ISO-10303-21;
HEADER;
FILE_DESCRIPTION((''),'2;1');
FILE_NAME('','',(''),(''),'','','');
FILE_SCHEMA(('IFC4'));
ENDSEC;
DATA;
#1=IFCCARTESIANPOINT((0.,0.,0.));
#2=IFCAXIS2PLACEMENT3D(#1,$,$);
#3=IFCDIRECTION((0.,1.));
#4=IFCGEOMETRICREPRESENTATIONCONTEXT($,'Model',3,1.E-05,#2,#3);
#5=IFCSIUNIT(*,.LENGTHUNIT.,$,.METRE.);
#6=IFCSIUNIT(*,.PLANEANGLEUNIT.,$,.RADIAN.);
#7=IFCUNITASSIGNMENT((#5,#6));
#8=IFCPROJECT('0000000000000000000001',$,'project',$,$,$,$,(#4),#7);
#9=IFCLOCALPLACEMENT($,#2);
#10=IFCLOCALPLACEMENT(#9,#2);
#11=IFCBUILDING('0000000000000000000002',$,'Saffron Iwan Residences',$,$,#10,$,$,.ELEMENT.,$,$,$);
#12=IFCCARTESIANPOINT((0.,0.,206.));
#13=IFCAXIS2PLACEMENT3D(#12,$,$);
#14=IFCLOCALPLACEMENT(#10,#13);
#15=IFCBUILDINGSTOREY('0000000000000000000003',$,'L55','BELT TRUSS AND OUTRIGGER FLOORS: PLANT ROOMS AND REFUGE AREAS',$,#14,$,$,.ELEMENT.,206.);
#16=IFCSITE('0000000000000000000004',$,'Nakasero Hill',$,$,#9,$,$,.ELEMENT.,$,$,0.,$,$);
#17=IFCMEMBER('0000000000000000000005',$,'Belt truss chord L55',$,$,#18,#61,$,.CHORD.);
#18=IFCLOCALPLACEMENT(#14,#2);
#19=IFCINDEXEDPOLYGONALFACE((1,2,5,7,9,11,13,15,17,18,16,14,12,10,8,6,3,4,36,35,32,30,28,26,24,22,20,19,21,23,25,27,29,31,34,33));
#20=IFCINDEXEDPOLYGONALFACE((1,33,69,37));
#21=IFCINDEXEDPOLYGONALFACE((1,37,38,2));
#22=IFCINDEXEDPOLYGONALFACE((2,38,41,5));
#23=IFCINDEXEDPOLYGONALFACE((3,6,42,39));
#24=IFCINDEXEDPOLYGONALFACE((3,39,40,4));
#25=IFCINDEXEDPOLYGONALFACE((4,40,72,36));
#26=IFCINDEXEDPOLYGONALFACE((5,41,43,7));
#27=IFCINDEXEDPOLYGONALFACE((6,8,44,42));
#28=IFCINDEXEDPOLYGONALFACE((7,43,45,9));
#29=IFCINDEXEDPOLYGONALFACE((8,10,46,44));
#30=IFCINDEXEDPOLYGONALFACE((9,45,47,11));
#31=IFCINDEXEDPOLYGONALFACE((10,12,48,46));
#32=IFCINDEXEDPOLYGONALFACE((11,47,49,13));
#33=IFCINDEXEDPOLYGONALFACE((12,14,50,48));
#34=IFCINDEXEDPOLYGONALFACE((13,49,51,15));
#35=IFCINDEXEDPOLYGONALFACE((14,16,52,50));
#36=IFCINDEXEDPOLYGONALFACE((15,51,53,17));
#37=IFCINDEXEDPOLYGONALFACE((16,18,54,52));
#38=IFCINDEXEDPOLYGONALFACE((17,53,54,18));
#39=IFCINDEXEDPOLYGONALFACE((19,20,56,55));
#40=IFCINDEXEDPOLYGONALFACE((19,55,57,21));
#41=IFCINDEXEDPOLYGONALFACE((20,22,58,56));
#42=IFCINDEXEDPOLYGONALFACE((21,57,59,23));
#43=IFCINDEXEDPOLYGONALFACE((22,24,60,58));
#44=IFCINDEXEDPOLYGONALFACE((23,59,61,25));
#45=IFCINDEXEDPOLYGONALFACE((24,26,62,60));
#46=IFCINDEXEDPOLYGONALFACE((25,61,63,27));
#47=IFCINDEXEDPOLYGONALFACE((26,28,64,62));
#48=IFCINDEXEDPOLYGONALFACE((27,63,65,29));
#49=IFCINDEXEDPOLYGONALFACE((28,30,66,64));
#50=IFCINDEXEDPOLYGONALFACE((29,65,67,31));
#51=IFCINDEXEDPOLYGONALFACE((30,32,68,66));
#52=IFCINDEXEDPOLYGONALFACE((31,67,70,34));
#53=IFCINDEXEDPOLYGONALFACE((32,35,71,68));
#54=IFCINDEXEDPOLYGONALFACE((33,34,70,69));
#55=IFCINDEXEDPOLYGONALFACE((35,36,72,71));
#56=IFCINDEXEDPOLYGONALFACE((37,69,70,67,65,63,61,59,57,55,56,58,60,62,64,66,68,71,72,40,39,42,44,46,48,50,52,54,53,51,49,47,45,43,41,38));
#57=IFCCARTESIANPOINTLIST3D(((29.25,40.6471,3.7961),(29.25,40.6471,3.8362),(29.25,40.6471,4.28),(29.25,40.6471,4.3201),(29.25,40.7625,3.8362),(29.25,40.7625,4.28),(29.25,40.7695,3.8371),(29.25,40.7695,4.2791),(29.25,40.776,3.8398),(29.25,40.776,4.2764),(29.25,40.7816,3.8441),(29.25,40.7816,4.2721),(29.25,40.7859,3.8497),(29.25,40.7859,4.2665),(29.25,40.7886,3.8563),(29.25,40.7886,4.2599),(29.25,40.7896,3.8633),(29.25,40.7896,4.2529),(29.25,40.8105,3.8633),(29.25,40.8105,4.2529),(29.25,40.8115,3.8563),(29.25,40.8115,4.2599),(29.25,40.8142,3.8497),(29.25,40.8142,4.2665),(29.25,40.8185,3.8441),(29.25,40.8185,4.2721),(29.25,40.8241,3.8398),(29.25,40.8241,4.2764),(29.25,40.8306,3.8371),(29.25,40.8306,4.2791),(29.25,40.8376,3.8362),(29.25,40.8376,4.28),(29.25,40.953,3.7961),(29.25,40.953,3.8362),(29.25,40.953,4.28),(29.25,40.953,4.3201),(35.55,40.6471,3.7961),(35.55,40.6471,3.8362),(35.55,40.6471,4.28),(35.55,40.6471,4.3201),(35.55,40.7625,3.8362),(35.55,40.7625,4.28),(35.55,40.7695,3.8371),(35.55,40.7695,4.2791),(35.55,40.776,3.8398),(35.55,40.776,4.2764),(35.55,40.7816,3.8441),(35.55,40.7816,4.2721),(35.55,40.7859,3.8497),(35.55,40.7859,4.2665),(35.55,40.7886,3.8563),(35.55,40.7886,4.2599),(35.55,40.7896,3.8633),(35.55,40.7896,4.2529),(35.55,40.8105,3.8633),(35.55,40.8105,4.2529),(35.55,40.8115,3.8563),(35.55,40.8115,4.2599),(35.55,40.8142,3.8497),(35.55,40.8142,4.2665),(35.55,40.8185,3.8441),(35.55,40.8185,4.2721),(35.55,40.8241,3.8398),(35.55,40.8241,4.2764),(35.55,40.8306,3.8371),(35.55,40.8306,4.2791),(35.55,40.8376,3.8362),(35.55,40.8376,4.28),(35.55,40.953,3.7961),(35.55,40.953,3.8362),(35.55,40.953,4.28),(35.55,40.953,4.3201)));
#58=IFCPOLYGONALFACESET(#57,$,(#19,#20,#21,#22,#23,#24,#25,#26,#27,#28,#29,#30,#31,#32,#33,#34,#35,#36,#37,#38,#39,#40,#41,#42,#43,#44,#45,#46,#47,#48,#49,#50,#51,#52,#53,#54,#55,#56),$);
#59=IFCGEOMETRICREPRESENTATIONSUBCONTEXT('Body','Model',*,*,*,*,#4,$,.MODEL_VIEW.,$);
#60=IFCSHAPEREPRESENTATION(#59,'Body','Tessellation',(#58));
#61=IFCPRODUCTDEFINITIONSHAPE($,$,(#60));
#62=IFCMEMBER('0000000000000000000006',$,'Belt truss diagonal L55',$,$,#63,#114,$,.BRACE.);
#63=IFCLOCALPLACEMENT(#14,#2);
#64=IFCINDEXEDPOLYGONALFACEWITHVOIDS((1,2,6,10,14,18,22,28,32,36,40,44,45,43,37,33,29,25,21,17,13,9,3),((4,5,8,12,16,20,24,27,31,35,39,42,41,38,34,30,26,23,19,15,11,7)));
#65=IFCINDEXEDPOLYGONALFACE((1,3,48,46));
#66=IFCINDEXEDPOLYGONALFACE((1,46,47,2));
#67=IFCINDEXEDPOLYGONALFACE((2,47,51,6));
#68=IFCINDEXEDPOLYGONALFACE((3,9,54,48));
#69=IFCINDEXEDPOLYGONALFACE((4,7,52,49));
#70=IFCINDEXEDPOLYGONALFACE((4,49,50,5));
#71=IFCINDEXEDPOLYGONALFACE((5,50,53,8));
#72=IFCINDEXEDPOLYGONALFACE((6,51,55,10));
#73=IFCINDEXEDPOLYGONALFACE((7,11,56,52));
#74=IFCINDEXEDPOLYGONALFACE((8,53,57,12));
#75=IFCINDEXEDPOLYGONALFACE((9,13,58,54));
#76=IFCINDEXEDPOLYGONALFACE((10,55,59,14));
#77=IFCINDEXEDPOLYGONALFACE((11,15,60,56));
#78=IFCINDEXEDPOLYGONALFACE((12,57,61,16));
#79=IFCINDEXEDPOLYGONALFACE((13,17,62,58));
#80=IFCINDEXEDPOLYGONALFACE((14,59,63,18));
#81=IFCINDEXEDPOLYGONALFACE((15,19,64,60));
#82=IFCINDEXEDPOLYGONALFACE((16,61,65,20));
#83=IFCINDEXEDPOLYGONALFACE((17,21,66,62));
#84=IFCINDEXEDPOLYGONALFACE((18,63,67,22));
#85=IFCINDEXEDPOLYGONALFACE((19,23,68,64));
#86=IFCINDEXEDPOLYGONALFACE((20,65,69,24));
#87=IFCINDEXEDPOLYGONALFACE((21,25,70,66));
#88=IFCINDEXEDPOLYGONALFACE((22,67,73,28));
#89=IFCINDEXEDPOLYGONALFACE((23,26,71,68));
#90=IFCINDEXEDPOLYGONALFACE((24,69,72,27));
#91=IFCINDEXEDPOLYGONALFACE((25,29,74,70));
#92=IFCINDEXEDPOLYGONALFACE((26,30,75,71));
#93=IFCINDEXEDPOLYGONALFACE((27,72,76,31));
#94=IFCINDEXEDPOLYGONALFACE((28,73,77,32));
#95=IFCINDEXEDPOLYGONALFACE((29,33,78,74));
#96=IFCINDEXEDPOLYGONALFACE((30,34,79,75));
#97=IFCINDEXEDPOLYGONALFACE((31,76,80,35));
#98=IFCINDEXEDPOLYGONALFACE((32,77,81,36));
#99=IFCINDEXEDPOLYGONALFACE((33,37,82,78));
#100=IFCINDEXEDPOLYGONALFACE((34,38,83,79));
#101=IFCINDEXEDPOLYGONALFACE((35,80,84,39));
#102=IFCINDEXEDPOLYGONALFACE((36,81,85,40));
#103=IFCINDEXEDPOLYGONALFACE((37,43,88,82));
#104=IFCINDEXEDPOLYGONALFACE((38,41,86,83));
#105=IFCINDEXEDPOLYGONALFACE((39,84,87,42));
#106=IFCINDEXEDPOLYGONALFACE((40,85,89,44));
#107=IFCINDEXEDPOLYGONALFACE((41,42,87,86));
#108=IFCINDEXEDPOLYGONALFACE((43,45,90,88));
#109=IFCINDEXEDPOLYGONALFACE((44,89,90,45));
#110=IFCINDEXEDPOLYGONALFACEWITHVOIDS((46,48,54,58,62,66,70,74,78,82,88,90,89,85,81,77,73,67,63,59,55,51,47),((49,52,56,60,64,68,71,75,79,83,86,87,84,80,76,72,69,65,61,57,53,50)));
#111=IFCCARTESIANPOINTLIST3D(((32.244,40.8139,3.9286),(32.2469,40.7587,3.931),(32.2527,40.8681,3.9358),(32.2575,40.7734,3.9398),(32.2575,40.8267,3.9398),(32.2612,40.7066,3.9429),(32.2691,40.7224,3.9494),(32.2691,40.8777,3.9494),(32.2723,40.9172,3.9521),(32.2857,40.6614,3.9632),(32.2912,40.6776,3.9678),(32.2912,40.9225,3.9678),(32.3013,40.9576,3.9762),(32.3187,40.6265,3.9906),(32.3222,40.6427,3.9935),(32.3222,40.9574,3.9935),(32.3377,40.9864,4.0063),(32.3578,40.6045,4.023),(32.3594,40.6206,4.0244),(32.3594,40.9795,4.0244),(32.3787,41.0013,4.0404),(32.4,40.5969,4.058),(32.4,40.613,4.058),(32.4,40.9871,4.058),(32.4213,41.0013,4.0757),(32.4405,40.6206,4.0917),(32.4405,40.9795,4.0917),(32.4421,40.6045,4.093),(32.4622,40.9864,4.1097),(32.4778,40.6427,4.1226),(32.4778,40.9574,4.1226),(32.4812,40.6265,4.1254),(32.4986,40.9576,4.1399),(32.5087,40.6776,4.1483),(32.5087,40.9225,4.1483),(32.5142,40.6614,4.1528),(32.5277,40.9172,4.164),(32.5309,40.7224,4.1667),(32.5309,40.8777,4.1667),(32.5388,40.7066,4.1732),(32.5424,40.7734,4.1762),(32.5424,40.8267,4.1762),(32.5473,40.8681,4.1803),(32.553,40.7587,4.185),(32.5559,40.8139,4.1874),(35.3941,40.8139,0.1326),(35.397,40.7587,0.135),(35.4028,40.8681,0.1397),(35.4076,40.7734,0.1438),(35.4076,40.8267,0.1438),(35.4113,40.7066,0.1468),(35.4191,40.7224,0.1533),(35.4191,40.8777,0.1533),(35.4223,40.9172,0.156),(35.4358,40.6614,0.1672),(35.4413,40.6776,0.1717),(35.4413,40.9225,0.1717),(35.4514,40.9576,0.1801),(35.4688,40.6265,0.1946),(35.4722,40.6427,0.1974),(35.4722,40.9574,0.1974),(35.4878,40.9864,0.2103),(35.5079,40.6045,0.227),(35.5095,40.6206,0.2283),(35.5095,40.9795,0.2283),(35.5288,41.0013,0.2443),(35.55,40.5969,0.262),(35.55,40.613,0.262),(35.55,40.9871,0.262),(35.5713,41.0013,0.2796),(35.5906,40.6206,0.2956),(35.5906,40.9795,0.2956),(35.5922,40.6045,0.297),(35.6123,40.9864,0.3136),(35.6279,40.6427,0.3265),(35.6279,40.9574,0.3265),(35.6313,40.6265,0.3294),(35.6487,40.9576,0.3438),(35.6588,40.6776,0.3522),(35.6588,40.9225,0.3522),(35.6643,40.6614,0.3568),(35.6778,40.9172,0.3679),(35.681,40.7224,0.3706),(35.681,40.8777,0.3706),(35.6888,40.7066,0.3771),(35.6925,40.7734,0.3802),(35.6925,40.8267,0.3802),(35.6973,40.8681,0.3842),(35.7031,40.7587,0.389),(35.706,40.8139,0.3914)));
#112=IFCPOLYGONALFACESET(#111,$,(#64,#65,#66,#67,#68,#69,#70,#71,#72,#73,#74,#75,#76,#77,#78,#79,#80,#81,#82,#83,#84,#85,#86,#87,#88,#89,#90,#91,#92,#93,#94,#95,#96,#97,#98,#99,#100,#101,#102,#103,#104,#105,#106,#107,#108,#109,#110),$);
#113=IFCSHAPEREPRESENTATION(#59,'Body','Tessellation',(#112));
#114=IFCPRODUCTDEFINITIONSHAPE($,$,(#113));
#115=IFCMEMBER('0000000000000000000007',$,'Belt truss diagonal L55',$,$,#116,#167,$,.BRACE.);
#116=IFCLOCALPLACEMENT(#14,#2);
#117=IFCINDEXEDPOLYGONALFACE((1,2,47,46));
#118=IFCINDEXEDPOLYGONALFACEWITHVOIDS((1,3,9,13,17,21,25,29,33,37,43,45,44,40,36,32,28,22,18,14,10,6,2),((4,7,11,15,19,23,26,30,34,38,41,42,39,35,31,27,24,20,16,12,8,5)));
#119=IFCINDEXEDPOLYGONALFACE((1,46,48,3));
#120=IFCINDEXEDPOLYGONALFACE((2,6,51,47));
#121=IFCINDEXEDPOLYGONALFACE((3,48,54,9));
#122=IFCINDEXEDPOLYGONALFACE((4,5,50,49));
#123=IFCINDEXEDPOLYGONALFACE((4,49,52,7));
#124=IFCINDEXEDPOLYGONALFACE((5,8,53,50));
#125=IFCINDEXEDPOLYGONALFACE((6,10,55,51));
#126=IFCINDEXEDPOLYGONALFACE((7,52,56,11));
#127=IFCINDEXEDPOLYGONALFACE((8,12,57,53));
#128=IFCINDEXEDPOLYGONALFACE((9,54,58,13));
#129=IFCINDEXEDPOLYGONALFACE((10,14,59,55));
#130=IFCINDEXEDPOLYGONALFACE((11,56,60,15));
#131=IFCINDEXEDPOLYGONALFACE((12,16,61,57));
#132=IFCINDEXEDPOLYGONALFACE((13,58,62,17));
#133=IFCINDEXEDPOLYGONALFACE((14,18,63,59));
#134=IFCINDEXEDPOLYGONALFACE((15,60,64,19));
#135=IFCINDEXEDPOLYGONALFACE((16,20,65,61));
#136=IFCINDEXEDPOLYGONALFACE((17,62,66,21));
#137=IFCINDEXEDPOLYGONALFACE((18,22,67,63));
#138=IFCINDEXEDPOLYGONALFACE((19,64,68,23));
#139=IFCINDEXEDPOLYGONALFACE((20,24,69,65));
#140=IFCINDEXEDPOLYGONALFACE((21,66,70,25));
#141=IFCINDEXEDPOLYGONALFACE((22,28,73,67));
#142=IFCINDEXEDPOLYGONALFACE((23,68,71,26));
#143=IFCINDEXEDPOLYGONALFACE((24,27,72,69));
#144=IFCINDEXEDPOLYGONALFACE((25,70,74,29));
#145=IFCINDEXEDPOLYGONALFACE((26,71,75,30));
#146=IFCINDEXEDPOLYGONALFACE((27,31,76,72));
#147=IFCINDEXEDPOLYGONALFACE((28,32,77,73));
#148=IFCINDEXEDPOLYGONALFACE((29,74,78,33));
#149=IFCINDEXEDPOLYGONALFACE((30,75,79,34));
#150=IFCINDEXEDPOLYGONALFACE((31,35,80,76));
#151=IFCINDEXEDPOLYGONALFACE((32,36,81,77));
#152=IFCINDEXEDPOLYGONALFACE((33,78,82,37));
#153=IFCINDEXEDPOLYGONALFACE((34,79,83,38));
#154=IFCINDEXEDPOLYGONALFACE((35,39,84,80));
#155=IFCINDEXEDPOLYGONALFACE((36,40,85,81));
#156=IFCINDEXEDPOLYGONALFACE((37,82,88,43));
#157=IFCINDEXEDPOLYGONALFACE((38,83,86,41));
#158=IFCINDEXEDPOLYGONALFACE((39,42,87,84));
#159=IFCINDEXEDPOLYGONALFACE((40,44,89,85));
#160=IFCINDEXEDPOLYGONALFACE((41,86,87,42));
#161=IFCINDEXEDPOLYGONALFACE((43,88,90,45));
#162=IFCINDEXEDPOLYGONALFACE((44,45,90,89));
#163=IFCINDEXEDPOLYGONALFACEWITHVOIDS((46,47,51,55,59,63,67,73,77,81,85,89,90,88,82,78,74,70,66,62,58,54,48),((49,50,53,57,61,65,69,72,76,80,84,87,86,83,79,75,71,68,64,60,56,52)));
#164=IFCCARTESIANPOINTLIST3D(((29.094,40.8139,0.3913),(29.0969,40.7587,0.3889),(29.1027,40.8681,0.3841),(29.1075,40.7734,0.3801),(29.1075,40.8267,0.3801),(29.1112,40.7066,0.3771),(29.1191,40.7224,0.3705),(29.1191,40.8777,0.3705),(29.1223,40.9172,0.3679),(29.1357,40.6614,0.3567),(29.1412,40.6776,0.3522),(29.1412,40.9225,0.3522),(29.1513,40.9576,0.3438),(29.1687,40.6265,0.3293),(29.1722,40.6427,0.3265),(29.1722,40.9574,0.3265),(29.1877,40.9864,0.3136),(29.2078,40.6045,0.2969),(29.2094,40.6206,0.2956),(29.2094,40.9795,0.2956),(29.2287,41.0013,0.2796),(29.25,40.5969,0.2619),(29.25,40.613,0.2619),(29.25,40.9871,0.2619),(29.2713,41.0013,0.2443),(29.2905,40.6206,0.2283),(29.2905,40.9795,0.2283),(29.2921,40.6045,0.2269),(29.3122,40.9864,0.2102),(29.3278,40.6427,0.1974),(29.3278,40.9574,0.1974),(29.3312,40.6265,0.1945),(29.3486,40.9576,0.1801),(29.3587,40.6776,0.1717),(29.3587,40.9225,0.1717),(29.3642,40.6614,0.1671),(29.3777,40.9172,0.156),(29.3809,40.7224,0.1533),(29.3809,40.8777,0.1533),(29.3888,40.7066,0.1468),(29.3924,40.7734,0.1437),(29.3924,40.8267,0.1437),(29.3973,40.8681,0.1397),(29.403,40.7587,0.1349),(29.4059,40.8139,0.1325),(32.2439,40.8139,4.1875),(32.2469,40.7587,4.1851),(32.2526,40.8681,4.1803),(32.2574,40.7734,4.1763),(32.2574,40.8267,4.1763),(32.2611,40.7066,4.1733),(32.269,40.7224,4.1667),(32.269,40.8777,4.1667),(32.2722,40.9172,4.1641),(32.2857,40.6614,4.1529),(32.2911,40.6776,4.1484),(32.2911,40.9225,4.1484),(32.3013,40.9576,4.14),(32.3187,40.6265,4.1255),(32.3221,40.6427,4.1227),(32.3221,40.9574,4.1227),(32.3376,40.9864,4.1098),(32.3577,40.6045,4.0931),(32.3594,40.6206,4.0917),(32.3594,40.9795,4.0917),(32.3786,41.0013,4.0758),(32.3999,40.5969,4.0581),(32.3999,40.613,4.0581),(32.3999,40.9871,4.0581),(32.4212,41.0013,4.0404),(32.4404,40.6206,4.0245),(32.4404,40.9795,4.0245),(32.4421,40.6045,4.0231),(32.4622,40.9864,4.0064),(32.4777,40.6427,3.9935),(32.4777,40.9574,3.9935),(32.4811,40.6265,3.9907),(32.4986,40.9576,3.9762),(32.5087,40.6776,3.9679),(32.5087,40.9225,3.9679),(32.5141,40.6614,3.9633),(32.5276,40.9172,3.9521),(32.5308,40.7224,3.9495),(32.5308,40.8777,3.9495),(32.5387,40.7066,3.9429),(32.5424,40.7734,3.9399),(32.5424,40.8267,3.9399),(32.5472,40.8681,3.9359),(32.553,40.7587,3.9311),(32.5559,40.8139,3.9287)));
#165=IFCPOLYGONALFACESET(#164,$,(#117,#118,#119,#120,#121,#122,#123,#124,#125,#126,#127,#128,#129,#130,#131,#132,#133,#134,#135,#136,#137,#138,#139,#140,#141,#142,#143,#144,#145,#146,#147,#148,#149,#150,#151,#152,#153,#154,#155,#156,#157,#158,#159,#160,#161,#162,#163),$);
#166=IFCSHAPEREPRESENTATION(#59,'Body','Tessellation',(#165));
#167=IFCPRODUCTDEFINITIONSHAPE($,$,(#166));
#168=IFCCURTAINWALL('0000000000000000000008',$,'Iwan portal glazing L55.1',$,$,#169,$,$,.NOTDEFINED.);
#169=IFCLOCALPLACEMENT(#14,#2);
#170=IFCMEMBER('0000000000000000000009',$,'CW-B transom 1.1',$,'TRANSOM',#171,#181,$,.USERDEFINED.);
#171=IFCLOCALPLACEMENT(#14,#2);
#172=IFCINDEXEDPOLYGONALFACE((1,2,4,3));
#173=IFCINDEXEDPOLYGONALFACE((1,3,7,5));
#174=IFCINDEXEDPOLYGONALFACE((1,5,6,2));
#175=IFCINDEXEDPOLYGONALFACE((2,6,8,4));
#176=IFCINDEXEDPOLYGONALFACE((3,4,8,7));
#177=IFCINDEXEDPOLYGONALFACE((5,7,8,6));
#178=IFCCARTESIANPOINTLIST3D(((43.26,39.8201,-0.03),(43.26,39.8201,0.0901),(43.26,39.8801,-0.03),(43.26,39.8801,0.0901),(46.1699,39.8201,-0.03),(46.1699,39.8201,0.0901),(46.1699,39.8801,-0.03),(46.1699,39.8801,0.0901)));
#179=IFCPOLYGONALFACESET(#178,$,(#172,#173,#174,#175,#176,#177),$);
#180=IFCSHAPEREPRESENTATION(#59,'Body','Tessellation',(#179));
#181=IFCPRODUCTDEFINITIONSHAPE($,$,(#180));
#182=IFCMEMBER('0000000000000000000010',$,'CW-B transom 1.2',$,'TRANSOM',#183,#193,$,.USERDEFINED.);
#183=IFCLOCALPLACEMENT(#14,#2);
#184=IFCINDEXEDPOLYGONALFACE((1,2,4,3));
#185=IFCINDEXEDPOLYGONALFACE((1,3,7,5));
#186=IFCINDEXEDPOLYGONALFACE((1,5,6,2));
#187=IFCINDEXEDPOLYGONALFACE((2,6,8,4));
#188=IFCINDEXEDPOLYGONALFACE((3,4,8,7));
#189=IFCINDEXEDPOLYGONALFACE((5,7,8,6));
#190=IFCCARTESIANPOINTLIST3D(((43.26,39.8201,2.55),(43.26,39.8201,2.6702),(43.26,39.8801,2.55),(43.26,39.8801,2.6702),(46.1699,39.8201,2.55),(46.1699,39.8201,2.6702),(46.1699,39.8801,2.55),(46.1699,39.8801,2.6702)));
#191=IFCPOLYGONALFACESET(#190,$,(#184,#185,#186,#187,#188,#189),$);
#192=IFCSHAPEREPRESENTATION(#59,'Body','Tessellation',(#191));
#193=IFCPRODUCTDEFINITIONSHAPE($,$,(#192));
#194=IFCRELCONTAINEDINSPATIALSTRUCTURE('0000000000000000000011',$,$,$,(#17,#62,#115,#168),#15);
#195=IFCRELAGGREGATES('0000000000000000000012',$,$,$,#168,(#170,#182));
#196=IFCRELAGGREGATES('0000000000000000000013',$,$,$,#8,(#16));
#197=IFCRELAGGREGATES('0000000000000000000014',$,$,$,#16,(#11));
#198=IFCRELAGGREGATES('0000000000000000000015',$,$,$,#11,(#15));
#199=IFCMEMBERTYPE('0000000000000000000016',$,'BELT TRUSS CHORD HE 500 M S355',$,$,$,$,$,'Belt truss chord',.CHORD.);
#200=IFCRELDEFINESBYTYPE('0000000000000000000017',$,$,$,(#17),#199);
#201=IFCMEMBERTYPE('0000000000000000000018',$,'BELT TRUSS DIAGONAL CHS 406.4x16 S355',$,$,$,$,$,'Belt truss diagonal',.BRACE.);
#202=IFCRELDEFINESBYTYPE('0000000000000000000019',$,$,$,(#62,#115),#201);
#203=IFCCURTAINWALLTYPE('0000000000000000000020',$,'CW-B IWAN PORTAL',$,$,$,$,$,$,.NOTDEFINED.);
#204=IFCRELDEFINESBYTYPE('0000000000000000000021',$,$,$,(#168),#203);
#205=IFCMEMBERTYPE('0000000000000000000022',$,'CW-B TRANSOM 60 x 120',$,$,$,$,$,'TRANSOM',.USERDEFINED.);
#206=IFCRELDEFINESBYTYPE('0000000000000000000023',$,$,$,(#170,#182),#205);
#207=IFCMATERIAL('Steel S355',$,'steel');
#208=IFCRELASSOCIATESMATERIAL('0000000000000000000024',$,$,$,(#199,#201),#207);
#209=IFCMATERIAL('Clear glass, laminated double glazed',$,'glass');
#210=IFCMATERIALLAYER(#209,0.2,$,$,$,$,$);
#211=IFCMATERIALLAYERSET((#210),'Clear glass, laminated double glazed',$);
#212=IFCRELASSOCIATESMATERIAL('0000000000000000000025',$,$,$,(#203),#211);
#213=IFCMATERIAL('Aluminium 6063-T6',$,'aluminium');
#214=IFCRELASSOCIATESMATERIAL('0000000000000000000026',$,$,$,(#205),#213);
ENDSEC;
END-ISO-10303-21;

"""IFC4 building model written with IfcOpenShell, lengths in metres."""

from ifc_helpers import new_model, si_unit, direction, frame, origin, origin_2d, place, context, subcontext, project, spatial, rectangle, hollow_circle, i_section, extrude, source, transform, mapped, material, layer, layer_set, material_profile, profile_set, type_object, element, aggregate, save


model = new_model("IFC4")

# Units and contexts
model_context = context("Model", 3, precision=1e-05, world=origin(), true_north=direction((0.0, 1.0)))
body_context = subcontext(model_context, "Body", "Model", "MODEL_VIEW")
ifc_project = project(units=[si_unit("LENGTHUNIT", "METRE"), si_unit("PLANEANGLEUNIT", "RADIAN")], contexts=[model_context])

# Site, building, storey
site_placement = place(None, origin())
site = spatial("IfcSite", under=ifc_project, at=site_placement, Name="Nakasero Hill", CompositionType="ELEMENT", RefElevation=0.0)
building_placement = place(site_placement, origin())
building = spatial("IfcBuilding", under=site, at=building_placement, Name="Saffron Iwan Residences", CompositionType="ELEMENT")
storey_placement = place(building_placement, frame((0.0, 0.0, 206.0)))
storey = spatial("IfcBuildingStorey", under=building, at=storey_placement, Name="L55", Description="BELT TRUSS AND OUTRIGGER FLOORS: PLANT ROOMS AND REFUGE AREAS", CompositionType="ELEMENT", Elevation=206.0)

# Members
ifc_material_1 = material(Name="Steel S355", Category="steel")
ifc_material_profile_1 = material_profile(ifc_material_1, i_section(OverallWidth=0.3059, OverallDepth=0.5239, WebThickness=0.021, FlangeThickness=0.04, FilletRadius=0.0271, at=origin_2d()), Name="HE 500 M")
ifc_profile_set_1 = profile_set([ifc_material_profile_1], Name="Steel S355")
member_type_1 = type_object("IfcMemberType", Name="BELT TRUSS CHORD HE 500 M S355", ElementType="Belt truss chord", PredefinedType="CHORD", material=ifc_profile_set_1)
shared_shape_1 = source(origin(), body_context, "Body", "SweptSolid", [
    extrude(i_section(OverallWidth=0.3059, OverallDepth=0.5239, WebThickness=0.021, FlangeThickness=0.04, FilletRadius=0.0271, at=origin_2d()), origin(), (0.0, 0.0, 1.0), 6.3),
])
for number, where, z_axis, x_axis, name in (
    (1, (35.55, 40.8, 4.0581), (-1.0, 0.0, 0.0), (0.0, -1.0, 0.0), "Belt truss chord L55"),
):
    element("IfcMember", number, at=place(storey_placement, frame(where, z_axis=z_axis, x_axis=x_axis)), inside=storey, type_object=member_type_1, Name=name, PredefinedType="CHORD", context=body_context, shape_type="MappedRepresentation", body=[
        mapped(shared_shape_1, transform((0.0, 0.0, 0.0))),
    ])
ifc_material_profile_2 = material_profile(ifc_material_1, hollow_circle(Radius=0.2031, WallThickness=0.0161, at=origin_2d()), Name="CHS 406.4x16")
ifc_profile_set_2 = profile_set([ifc_material_profile_2], Name="Steel S355")
member_type_2 = type_object("IfcMemberType", Name="BELT TRUSS DIAGONAL CHS 406.4x16 S355", ElementType="Belt truss diagonal", PredefinedType="BRACE", material=ifc_profile_set_2)
shared_shape_2 = source(origin(), body_context, "Body", "SweptSolid", [
    extrude(hollow_circle(Radius=0.2031, WallThickness=0.0161, at=origin_2d()), origin(), (0.0, 0.0, 1.0), 4.9329),
])
for number, where, z_axis, x_axis, name in (
    (2, (35.55, 40.8, 0.262), (-0.638591, 0.0, 0.769546), (0.0, -1.0, 0.0), "Belt truss diagonal L55"),
    (3, (32.3999, 40.8, 4.0581), (-0.638562, 0.0, -0.76957), (0.0, -1.0, 0.0), "Belt truss diagonal L55"),
):
    element("IfcMember", number, at=place(storey_placement, frame(where, z_axis=z_axis, x_axis=x_axis)), inside=storey, type_object=member_type_2, Name=name, PredefinedType="BRACE", context=body_context, shape_type="MappedRepresentation", body=[
        mapped(shared_shape_2, transform((0.0, 0.0, 0.0))),
    ])

# Curtain wall, members
ifc_material_2 = material(Name="Clear glass, laminated double glazed", Category="glass")
ifc_layer_1 = layer(ifc_material_2, 0.2)
ifc_layer_set_1 = layer_set([ifc_layer_1], Name="Clear glass, laminated double glazed")
curtain_wall_type = type_object("IfcCurtainWallType", Name="CW-B IWAN PORTAL", PredefinedType="NOTDEFINED", material=ifc_layer_set_1)
curtain_wall_placement = place(storey_placement, origin())
curtain_wall = element("IfcCurtainWall", 4, at=curtain_wall_placement, inside=storey, type_object=curtain_wall_type, Name="Iwan portal glazing L55.1", PredefinedType="NOTDEFINED")
ifc_material_3 = material(Name="Aluminium 6063-T6", Category="aluminium")
ifc_material_profile_3 = material_profile(ifc_material_3, rectangle(XDim=0.0601, YDim=0.1201, at=origin_2d()), Name="CW-B TRANSOM 60 x 120")
ifc_profile_set_3 = profile_set([ifc_material_profile_3], Name="Aluminium 6063-T6")
member_type_3 = type_object("IfcMemberType", Name="CW-B TRANSOM 60 x 120", ElementType="TRANSOM", PredefinedType="USERDEFINED", material=ifc_profile_set_3)
shared_shape_3 = source(origin(), body_context, "Body", "SweptSolid", [
    extrude(rectangle(XDim=0.0601, YDim=0.1201, at=origin_2d()), origin(), (0.0, 0.0, 1.0), 2.9099),
])
member_1_placement = place(storey_placement, frame((43.26, 39.8501, 0.03), z_axis=(1.0, 0.0, 0.0), x_axis=(0.0, 1.0, 0.0)))
member_1 = element("IfcMember", 5, at=member_1_placement, type_object=member_type_3, Name="CW-B transom 1.1", ObjectType="TRANSOM", PredefinedType="USERDEFINED", context=body_context, shape_type="MappedRepresentation", body=[
    mapped(shared_shape_3, transform((0.0, 0.0, 0.0))),
])
member_2_placement = place(storey_placement, frame((43.26, 39.8501, 2.6101), z_axis=(1.0, 0.0, 0.0), x_axis=(0.0, 1.0, 0.0)))
member_2 = element("IfcMember", 6, at=member_2_placement, type_object=member_type_3, Name="CW-B transom 1.2", ObjectType="TRANSOM", PredefinedType="USERDEFINED", context=body_context, shape_type="MappedRepresentation", body=[
    mapped(shared_shape_3, transform((0.0, 0.0, 0.0))),
])
aggregate(curtain_wall, [member_1, member_2])

save(model, "model.ifc")
